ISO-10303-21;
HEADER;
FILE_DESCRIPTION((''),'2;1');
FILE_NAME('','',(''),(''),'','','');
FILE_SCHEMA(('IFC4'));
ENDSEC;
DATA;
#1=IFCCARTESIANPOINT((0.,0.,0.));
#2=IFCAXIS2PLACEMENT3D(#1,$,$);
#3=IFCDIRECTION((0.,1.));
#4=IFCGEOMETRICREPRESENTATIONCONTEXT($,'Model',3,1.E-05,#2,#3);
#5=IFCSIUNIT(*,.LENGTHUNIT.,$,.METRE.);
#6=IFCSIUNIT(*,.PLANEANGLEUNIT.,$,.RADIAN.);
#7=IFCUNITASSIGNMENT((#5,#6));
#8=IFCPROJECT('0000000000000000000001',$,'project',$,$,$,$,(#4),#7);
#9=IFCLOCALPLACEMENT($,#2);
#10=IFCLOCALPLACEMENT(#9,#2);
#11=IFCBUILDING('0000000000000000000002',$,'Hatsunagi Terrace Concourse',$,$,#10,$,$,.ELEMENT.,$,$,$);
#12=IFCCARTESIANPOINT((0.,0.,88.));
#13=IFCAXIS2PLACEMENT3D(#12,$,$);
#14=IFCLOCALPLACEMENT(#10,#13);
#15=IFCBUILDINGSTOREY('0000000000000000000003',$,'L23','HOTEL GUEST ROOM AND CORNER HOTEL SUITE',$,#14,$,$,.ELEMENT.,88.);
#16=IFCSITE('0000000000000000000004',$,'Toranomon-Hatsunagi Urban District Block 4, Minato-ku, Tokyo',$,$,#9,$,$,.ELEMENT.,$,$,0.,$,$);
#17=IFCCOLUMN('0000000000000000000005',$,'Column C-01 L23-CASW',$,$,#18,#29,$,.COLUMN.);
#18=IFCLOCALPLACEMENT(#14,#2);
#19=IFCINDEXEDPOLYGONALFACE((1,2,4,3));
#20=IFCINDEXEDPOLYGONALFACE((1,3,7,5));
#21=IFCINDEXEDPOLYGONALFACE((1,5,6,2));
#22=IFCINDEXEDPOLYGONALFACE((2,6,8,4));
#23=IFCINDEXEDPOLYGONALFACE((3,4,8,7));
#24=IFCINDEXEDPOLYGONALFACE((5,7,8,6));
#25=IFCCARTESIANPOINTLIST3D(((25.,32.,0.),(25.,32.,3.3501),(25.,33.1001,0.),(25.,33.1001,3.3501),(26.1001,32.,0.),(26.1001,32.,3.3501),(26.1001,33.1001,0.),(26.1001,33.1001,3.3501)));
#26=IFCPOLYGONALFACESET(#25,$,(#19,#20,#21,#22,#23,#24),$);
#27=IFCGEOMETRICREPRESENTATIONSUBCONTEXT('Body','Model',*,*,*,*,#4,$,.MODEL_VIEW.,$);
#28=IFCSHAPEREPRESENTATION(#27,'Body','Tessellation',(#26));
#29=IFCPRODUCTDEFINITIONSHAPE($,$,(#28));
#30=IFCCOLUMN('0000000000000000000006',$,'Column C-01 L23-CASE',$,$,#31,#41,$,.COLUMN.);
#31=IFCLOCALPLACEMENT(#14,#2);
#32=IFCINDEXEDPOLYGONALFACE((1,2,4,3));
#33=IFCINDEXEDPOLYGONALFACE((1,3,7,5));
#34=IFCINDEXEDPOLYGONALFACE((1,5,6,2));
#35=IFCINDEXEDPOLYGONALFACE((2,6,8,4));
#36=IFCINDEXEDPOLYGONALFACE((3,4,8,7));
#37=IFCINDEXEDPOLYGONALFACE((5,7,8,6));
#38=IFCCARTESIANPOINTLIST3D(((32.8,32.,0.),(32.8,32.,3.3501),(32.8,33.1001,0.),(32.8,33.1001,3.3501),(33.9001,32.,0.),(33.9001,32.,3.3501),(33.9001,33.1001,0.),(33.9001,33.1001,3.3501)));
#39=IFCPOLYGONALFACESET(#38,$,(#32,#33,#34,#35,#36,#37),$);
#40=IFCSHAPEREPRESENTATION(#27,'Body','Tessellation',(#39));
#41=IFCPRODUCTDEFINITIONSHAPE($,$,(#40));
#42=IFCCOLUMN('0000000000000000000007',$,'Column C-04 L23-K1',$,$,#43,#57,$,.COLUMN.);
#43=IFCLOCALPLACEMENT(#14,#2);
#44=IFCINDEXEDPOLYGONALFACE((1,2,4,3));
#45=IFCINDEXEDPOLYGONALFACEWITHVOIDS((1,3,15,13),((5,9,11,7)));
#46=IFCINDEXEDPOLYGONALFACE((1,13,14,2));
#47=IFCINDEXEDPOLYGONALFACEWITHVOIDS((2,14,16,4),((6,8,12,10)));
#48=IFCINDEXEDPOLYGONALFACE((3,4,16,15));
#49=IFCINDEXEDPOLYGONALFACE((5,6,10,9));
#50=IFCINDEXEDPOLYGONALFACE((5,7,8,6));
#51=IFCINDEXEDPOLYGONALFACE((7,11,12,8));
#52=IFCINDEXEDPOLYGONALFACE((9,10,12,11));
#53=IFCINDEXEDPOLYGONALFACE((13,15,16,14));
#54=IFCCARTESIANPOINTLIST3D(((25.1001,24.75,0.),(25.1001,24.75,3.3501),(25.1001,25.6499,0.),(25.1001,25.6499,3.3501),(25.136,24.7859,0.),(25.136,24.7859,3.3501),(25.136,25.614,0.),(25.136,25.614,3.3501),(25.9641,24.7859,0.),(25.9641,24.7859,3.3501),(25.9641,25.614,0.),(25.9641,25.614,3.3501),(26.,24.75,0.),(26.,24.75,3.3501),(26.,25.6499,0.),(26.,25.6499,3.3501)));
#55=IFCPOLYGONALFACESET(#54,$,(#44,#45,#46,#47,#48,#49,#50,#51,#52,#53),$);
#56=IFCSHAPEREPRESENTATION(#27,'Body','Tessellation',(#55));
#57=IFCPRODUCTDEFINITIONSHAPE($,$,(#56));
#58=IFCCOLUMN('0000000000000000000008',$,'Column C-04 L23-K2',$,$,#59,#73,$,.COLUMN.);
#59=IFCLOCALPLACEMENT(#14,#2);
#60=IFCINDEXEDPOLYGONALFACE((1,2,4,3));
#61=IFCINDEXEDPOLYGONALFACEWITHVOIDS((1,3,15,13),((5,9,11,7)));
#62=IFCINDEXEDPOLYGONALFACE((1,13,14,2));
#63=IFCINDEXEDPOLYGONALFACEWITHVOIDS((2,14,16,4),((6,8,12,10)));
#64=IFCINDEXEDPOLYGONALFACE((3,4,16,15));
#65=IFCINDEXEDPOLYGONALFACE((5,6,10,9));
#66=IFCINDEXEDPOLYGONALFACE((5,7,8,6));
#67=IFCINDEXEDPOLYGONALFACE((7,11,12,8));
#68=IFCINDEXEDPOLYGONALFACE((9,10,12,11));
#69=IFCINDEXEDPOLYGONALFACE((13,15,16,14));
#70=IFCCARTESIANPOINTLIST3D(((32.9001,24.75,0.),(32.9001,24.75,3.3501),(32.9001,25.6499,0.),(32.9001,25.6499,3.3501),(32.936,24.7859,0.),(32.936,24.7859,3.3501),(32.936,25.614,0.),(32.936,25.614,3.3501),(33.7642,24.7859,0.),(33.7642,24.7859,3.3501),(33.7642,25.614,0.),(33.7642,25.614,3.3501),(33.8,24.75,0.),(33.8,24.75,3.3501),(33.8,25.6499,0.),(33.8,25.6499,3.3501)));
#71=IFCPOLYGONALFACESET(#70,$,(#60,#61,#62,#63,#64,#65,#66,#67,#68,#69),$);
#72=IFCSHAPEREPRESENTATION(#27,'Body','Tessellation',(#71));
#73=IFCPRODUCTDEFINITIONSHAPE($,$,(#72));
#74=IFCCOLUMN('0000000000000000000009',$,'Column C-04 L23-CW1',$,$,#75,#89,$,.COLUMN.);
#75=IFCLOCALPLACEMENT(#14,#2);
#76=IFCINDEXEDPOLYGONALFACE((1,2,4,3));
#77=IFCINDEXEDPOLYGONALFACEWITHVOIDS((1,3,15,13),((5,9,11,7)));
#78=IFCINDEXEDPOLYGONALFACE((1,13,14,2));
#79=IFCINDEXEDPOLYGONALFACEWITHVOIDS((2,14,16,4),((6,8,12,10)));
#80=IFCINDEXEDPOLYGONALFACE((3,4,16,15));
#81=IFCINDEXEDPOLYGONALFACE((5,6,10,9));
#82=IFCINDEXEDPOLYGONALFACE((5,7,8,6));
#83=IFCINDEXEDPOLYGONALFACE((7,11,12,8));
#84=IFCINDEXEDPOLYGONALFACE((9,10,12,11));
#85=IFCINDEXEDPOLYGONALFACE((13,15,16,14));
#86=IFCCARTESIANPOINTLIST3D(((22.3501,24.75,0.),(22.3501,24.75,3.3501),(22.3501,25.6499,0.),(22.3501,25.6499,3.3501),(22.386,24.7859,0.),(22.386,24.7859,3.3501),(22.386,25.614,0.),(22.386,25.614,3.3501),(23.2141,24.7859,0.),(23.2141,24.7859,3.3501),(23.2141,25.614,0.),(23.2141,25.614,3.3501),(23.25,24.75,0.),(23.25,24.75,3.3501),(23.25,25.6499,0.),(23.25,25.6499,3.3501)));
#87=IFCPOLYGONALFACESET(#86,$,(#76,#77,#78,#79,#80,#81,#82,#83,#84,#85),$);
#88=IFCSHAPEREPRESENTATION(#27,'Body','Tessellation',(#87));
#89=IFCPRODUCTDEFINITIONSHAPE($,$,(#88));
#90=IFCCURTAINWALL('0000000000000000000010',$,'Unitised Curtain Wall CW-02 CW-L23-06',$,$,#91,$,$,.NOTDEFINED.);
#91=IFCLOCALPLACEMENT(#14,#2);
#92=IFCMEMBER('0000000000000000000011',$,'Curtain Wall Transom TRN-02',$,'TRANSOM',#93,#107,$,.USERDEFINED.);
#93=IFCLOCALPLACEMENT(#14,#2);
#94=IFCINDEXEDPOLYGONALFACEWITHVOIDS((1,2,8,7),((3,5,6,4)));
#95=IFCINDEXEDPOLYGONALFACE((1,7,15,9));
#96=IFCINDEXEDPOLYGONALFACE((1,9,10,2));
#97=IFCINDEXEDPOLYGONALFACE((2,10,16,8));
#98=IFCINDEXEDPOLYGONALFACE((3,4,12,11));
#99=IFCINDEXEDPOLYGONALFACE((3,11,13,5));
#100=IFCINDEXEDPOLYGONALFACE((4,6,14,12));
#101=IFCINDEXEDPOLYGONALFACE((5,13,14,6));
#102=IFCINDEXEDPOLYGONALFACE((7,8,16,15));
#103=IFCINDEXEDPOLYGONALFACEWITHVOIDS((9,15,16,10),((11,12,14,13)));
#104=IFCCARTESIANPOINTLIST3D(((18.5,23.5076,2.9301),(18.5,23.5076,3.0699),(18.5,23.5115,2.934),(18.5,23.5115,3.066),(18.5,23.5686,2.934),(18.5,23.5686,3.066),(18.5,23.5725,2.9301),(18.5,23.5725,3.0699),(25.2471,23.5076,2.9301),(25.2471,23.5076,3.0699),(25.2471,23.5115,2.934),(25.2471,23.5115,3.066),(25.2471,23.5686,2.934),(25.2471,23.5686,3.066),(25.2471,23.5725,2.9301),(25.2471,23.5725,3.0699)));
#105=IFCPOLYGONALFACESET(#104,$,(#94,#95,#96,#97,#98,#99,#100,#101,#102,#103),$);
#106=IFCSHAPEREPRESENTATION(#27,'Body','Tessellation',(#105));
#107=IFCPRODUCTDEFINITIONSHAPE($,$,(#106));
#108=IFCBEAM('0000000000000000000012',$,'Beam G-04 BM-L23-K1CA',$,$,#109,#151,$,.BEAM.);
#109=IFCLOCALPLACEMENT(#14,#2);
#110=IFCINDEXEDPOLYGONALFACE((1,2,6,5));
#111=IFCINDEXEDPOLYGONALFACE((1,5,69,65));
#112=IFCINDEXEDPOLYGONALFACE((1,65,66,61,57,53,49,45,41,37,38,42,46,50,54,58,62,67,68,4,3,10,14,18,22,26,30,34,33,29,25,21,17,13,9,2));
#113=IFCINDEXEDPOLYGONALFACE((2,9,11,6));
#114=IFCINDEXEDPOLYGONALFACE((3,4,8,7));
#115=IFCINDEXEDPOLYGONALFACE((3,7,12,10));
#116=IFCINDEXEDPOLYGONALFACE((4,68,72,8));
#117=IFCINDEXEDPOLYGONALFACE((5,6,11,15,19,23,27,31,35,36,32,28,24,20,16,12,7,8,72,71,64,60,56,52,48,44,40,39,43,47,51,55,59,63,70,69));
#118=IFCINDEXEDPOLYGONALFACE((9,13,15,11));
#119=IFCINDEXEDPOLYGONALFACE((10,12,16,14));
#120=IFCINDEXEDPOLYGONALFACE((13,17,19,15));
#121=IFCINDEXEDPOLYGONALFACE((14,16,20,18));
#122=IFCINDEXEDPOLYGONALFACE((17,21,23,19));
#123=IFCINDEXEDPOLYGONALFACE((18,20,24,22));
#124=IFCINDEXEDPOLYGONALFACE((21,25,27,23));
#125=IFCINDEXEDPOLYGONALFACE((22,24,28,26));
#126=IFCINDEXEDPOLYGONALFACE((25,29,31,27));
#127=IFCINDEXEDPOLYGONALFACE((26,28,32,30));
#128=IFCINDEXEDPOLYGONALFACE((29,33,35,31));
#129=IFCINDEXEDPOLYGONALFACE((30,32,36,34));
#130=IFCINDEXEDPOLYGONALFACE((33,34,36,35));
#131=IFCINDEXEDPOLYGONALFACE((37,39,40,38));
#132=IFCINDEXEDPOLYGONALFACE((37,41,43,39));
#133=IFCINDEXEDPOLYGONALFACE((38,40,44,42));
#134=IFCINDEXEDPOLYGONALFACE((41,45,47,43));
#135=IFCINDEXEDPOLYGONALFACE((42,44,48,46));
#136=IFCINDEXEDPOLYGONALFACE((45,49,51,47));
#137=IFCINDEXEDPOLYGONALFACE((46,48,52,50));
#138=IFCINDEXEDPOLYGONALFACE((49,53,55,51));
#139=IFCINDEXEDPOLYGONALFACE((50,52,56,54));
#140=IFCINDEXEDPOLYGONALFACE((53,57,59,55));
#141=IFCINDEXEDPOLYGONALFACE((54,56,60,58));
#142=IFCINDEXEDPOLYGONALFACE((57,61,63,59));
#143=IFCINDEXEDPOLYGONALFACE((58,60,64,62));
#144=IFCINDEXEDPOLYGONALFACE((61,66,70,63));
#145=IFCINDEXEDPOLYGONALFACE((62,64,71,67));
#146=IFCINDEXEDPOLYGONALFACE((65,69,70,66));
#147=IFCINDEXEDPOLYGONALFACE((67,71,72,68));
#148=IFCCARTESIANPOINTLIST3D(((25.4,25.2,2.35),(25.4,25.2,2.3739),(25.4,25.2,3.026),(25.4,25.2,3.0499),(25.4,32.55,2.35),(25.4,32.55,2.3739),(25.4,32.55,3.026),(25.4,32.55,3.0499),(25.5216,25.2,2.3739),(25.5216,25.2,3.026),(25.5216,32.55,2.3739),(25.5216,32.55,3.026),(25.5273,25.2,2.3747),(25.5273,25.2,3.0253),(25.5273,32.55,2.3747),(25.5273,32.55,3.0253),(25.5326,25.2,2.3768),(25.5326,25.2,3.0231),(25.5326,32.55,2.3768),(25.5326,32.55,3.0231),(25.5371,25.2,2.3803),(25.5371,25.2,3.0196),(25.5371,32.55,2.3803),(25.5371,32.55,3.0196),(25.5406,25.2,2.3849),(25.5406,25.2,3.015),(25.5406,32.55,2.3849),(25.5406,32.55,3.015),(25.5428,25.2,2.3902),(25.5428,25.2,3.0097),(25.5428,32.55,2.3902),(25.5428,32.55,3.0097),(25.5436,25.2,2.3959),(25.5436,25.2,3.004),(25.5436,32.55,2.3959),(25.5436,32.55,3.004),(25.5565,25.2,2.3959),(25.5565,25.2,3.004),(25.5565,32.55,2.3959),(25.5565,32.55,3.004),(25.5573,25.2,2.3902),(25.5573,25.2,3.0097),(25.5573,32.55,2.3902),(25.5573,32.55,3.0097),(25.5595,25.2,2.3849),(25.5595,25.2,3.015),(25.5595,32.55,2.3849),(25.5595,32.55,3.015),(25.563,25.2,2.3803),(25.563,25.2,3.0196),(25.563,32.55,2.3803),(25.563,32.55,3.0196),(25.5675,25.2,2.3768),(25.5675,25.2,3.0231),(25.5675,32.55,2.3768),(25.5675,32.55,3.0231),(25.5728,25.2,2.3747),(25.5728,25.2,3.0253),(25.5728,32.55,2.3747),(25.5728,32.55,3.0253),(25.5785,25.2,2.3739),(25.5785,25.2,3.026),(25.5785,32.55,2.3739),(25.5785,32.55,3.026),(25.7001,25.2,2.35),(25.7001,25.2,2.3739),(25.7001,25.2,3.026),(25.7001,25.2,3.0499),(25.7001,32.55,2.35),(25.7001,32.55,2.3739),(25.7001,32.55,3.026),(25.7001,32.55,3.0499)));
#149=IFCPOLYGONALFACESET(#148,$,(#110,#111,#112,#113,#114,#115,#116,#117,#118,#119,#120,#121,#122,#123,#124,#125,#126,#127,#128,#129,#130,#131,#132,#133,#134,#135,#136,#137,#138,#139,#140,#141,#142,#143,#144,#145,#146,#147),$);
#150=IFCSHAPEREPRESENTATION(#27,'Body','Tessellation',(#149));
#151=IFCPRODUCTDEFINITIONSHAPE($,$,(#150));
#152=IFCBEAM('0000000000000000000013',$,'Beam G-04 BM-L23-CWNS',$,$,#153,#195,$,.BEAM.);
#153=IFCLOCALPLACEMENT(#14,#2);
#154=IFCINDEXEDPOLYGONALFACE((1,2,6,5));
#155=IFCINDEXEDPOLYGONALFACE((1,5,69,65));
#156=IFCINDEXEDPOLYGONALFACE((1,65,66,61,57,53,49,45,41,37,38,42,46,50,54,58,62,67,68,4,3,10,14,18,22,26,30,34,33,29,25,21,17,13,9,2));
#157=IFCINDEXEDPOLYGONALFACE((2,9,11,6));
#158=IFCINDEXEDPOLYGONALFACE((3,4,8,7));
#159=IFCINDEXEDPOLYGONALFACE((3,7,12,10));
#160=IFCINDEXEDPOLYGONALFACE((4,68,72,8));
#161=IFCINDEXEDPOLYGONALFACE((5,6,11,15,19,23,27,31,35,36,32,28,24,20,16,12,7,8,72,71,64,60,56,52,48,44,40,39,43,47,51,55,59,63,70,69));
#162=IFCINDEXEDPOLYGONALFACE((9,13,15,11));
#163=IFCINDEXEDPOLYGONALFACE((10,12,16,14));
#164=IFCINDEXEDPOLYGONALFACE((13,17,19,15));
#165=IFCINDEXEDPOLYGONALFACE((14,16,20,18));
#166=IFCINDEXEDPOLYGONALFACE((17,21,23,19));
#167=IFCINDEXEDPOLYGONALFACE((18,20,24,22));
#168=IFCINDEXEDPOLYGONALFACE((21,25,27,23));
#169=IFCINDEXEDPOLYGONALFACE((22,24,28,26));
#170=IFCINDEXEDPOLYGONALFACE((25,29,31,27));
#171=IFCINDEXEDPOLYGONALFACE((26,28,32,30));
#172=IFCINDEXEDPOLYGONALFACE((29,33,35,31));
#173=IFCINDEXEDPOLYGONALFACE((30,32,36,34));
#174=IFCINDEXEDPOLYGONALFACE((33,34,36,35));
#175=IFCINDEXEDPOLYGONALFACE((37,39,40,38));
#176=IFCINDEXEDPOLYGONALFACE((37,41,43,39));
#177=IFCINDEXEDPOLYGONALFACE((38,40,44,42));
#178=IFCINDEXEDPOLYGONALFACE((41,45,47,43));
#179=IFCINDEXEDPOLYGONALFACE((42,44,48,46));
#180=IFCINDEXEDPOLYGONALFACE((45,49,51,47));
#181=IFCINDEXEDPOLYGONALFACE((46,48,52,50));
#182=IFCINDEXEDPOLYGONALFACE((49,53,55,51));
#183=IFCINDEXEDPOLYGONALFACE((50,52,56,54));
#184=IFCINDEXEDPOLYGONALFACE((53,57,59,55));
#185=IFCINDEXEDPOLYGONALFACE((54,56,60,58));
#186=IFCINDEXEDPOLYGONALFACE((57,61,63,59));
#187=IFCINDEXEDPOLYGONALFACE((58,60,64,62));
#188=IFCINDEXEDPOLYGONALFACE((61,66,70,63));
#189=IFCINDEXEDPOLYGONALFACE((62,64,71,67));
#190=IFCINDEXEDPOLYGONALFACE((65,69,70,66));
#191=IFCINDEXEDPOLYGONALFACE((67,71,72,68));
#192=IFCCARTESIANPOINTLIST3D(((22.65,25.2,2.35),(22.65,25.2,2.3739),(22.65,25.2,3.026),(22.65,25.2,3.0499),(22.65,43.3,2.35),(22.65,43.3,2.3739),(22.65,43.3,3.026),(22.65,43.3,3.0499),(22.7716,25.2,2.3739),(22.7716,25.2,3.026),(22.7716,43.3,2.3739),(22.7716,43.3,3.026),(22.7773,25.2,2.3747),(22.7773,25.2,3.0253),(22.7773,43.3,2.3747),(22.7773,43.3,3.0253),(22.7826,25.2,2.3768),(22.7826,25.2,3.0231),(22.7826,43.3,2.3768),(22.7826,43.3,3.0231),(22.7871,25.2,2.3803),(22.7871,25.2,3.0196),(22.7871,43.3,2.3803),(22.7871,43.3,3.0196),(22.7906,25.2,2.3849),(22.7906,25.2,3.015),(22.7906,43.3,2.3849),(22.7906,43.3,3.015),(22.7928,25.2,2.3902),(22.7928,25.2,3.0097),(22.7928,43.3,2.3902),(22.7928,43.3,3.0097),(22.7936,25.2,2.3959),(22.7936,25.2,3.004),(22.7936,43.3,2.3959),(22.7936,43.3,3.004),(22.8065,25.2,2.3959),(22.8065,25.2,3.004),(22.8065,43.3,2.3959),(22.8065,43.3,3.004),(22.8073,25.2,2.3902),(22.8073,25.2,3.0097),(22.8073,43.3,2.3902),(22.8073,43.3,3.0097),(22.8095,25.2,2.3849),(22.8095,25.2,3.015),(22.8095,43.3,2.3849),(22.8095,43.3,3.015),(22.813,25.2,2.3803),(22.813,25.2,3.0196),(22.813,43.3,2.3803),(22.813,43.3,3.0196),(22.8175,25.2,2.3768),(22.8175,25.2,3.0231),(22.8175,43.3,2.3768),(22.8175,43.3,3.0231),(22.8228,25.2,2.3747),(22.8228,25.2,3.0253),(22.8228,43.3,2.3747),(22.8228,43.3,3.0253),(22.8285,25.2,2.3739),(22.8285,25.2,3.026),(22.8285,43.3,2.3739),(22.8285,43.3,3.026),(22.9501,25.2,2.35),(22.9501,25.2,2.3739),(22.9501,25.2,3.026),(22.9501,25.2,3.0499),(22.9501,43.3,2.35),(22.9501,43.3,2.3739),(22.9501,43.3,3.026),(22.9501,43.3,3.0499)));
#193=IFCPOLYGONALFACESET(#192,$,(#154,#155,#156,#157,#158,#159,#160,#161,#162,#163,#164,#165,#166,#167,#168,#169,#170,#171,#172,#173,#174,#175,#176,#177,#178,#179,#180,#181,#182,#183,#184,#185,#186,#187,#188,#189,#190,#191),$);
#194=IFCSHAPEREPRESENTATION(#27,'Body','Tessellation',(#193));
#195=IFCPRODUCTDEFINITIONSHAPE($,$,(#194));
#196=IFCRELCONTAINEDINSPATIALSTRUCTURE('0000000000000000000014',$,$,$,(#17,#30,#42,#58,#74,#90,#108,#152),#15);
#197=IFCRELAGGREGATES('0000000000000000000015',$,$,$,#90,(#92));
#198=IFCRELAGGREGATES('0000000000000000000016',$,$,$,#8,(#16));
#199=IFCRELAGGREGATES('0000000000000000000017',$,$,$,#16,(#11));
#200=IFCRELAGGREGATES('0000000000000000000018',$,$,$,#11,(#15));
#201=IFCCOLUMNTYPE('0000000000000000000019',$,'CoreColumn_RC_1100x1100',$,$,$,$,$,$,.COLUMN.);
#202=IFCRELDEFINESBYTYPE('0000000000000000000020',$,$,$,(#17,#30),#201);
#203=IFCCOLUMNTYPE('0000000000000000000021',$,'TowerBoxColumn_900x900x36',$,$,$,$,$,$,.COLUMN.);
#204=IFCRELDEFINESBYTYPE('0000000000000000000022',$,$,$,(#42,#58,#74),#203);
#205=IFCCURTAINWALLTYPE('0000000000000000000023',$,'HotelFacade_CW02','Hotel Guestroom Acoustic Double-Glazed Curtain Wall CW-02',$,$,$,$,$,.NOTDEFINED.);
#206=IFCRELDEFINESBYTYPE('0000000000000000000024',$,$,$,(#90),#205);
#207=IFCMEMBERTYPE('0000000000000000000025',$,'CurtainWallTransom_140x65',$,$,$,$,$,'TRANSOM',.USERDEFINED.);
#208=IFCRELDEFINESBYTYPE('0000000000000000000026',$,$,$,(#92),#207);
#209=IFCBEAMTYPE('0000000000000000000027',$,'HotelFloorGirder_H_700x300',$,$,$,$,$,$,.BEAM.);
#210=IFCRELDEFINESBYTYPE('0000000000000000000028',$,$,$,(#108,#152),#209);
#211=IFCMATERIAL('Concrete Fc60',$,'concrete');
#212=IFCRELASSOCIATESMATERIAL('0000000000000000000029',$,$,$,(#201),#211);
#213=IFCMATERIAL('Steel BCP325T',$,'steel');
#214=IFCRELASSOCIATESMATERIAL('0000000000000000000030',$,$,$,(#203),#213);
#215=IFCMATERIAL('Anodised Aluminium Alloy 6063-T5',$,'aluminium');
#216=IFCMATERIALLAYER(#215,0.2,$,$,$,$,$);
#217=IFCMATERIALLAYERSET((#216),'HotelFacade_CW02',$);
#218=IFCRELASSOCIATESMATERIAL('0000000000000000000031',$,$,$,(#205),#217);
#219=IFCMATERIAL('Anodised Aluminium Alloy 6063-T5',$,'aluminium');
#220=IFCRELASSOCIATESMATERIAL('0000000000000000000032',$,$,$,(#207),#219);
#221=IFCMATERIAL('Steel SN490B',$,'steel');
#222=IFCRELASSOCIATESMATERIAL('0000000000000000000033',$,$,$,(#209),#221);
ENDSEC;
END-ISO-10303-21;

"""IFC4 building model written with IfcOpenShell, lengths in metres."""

from ifc_helpers import new_model, si_unit, direction, frame, origin, origin_2d, place, context, subcontext, project, spatial, rectangle, hollow_rectangle, i_section, extrude, material, layer, layer_set, material_profile, profile_set, type_object, element, aggregate, save


model = new_model("IFC4")

# Units and contexts
model_context = context("Model", 3, precision=1e-05, world=origin(), true_north=direction((0.0, 1.0)))
body_context = subcontext(model_context, "Body", "Model", "MODEL_VIEW")
ifc_project = project(units=[si_unit("LENGTHUNIT", "METRE"), si_unit("PLANEANGLEUNIT", "RADIAN")], contexts=[model_context])

# Site, building, storey
site_placement = place(None, origin())
site = spatial("IfcSite", under=ifc_project, at=site_placement, Name="Toranomon-Hatsunagi Urban District Block 4, Minato-ku, Tokyo", CompositionType="ELEMENT", RefElevation=0.0)
building_placement = place(site_placement, origin())
building = spatial("IfcBuilding", under=site, at=building_placement, Name="Hatsunagi Terrace Concourse", CompositionType="ELEMENT")
storey_placement = place(building_placement, frame((0.0, 0.0, 88.0)))
storey = spatial("IfcBuildingStorey", under=building, at=storey_placement, Name="L23", Description="HOTEL GUEST ROOM AND CORNER HOTEL SUITE", CompositionType="ELEMENT", Elevation=88.0)

# Columns
ifc_material_1 = material(Name="Concrete Fc60", Category="concrete")
ifc_material_profile_1 = material_profile(ifc_material_1, rectangle(XDim=1.1001, YDim=1.1001, at=origin_2d()), Name="RC-1100x1100")
ifc_profile_set_1 = profile_set([ifc_material_profile_1], Name="Concrete Fc60")
column_type_1 = type_object("IfcColumnType", Name="CoreColumn_RC_1100x1100", PredefinedType="COLUMN", material=ifc_profile_set_1)
for number, where, z_axis, x_axis, name in (
    (1, (25.55, 32.55, 0.0), (0.0, 0.0, 1.0), (1.0, 0.0, 0.0), "Column C-01 L23-CASW"),
    (2, (33.3501, 32.55, 0.0), (0.0, 0.0, 1.0), (1.0, 0.0, 0.0), "Column C-01 L23-CASE"),
):
    element("IfcColumn", number, at=place(storey_placement, frame(where, z_axis=z_axis, x_axis=x_axis)), inside=storey, type_object=column_type_1, Name=name, PredefinedType="COLUMN", context=body_context, shape_type="SweptSolid", body=[
        extrude(rectangle(XDim=1.1001, YDim=1.1001, at=origin_2d()), origin(), (0.0, 0.0, 1.0), 3.3501),
    ])
ifc_material_2 = material(Name="Steel BCP325T", Category="steel")
ifc_material_profile_2 = material_profile(ifc_material_2, hollow_rectangle(XDim=0.8999, YDim=0.8999, WallThickness=0.0359, at=origin_2d()), Name="BCP-900x900x36")
ifc_profile_set_2 = profile_set([ifc_material_profile_2], Name="Steel BCP325T")
column_type_2 = type_object("IfcColumnType", Name="TowerBoxColumn_900x900x36", PredefinedType="COLUMN", material=ifc_profile_set_2)
for number, where, z_axis, x_axis, name in (
    (3, (25.55, 25.2, 0.0), (0.0, 0.0, 1.0), (1.0, 0.0, 0.0), "Column C-04 L23-K1"),
    (4, (33.3501, 25.2, 0.0), (0.0, 0.0, 1.0), (1.0, 0.0, 0.0), "Column C-04 L23-K2"),
    (5, (22.8, 25.2, 0.0), (0.0, 0.0, 1.0), (1.0, 0.0, 0.0), "Column C-04 L23-CW1"),
):
    element("IfcColumn", number, at=place(storey_placement, frame(where, z_axis=z_axis, x_axis=x_axis)), inside=storey, type_object=column_type_2, Name=name, PredefinedType="COLUMN", context=body_context, shape_type="SweptSolid", body=[
        extrude(hollow_rectangle(XDim=0.8999, YDim=0.8999, WallThickness=0.0359, at=origin_2d()), origin(), (0.0, 0.0, 1.0), 3.3501),
    ])

# Curtain wall, member
ifc_material_3 = material(Name="Anodised Aluminium Alloy 6063-T5", Category="aluminium")
ifc_layer_1 = layer(ifc_material_3, 0.2)
ifc_layer_set_1 = layer_set([ifc_layer_1], Name="HotelFacade_CW02")
curtain_wall_type = type_object("IfcCurtainWallType", Name="HotelFacade_CW02", Description="Hotel Guestroom Acoustic Double-Glazed Curtain Wall CW-02", PredefinedType="NOTDEFINED", material=ifc_layer_set_1)
curtain_wall_placement = place(storey_placement, origin())
curtain_wall = element("IfcCurtainWall", 6, at=curtain_wall_placement, inside=storey, type_object=curtain_wall_type, Name="Unitised Curtain Wall CW-02 CW-L23-06", PredefinedType="NOTDEFINED")
ifc_material_4 = material(Name="Anodised Aluminium Alloy 6063-T5", Category="aluminium")
ifc_material_profile_3 = material_profile(ifc_material_4, hollow_rectangle(XDim=0.0649, YDim=0.1399, WallThickness=0.0039, at=origin_2d()), Name="ALU-TRN-140x65x4")
ifc_profile_set_3 = profile_set([ifc_material_profile_3], Name="Anodised Aluminium Alloy 6063-T5")
member_type = type_object("IfcMemberType", Name="CurtainWallTransom_140x65", ElementType="TRANSOM", PredefinedType="USERDEFINED", material=ifc_profile_set_3)
member_placement = place(storey_placement, frame((25.2471, 23.54, 3.0), z_axis=(-1.0, 0.0, 0.0), x_axis=(0.0, -1.0, 0.0)))
member = element("IfcMember", 7, at=member_placement, type_object=member_type, Name="Curtain Wall Transom TRN-02", ObjectType="TRANSOM", PredefinedType="USERDEFINED", context=body_context, shape_type="SweptSolid", body=[
    extrude(hollow_rectangle(XDim=0.0649, YDim=0.1399, WallThickness=0.0039, at=origin_2d()), origin(), (0.0, 0.0, 1.0), 6.7471),
])
aggregate(curtain_wall, [member])

# Beams
ifc_material_5 = material(Name="Steel SN490B", Category="steel")
ifc_material_profile_4 = material_profile(ifc_material_5, i_section(OverallWidth=0.3, OverallDepth=0.7, WebThickness=0.0129, FlangeThickness=0.0239, FilletRadius=0.022, at=origin_2d()), Name="H-700x300x13x24")
ifc_profile_set_4 = profile_set([ifc_material_profile_4], Name="Steel SN490B")
beam_type_1 = type_object("IfcBeamType", Name="HotelFloorGirder_H_700x300", PredefinedType="BEAM", material=ifc_profile_set_4)
beam_1_placement = place(storey_placement, frame((25.55, 25.2, 2.7), z_axis=(0.0, 1.0, 0.0), x_axis=(-1.0, 0.0, 0.0)))
element("IfcBeam", 8, at=beam_1_placement, inside=storey, type_object=beam_type_1, Name="Beam G-04 BM-L23-K1CA", PredefinedType="BEAM", context=body_context, shape_type="SweptSolid", body=[
    extrude(i_section(OverallWidth=0.3, OverallDepth=0.7, WebThickness=0.0129, FlangeThickness=0.0239, FilletRadius=0.022, at=origin_2d()), origin(), (0.0, 0.0, 1.0), 7.3501),
])
beam_2_placement = place(storey_placement, frame((22.8, 25.2, 2.7), z_axis=(0.0, 1.0, 0.0), x_axis=(-1.0, 0.0, 0.0)))
element("IfcBeam", 9, at=beam_2_placement, inside=storey, type_object=beam_type_1, Name="Beam G-04 BM-L23-CWNS", PredefinedType="BEAM", context=body_context, shape_type="SweptSolid", body=[
    extrude(i_section(OverallWidth=0.3, OverallDepth=0.7, WebThickness=0.0129, FlangeThickness=0.0239, FilletRadius=0.022, at=origin_2d()), origin(), (0.0, 0.0, 1.0), 18.1001),
])

save(model, "model.ifc")
